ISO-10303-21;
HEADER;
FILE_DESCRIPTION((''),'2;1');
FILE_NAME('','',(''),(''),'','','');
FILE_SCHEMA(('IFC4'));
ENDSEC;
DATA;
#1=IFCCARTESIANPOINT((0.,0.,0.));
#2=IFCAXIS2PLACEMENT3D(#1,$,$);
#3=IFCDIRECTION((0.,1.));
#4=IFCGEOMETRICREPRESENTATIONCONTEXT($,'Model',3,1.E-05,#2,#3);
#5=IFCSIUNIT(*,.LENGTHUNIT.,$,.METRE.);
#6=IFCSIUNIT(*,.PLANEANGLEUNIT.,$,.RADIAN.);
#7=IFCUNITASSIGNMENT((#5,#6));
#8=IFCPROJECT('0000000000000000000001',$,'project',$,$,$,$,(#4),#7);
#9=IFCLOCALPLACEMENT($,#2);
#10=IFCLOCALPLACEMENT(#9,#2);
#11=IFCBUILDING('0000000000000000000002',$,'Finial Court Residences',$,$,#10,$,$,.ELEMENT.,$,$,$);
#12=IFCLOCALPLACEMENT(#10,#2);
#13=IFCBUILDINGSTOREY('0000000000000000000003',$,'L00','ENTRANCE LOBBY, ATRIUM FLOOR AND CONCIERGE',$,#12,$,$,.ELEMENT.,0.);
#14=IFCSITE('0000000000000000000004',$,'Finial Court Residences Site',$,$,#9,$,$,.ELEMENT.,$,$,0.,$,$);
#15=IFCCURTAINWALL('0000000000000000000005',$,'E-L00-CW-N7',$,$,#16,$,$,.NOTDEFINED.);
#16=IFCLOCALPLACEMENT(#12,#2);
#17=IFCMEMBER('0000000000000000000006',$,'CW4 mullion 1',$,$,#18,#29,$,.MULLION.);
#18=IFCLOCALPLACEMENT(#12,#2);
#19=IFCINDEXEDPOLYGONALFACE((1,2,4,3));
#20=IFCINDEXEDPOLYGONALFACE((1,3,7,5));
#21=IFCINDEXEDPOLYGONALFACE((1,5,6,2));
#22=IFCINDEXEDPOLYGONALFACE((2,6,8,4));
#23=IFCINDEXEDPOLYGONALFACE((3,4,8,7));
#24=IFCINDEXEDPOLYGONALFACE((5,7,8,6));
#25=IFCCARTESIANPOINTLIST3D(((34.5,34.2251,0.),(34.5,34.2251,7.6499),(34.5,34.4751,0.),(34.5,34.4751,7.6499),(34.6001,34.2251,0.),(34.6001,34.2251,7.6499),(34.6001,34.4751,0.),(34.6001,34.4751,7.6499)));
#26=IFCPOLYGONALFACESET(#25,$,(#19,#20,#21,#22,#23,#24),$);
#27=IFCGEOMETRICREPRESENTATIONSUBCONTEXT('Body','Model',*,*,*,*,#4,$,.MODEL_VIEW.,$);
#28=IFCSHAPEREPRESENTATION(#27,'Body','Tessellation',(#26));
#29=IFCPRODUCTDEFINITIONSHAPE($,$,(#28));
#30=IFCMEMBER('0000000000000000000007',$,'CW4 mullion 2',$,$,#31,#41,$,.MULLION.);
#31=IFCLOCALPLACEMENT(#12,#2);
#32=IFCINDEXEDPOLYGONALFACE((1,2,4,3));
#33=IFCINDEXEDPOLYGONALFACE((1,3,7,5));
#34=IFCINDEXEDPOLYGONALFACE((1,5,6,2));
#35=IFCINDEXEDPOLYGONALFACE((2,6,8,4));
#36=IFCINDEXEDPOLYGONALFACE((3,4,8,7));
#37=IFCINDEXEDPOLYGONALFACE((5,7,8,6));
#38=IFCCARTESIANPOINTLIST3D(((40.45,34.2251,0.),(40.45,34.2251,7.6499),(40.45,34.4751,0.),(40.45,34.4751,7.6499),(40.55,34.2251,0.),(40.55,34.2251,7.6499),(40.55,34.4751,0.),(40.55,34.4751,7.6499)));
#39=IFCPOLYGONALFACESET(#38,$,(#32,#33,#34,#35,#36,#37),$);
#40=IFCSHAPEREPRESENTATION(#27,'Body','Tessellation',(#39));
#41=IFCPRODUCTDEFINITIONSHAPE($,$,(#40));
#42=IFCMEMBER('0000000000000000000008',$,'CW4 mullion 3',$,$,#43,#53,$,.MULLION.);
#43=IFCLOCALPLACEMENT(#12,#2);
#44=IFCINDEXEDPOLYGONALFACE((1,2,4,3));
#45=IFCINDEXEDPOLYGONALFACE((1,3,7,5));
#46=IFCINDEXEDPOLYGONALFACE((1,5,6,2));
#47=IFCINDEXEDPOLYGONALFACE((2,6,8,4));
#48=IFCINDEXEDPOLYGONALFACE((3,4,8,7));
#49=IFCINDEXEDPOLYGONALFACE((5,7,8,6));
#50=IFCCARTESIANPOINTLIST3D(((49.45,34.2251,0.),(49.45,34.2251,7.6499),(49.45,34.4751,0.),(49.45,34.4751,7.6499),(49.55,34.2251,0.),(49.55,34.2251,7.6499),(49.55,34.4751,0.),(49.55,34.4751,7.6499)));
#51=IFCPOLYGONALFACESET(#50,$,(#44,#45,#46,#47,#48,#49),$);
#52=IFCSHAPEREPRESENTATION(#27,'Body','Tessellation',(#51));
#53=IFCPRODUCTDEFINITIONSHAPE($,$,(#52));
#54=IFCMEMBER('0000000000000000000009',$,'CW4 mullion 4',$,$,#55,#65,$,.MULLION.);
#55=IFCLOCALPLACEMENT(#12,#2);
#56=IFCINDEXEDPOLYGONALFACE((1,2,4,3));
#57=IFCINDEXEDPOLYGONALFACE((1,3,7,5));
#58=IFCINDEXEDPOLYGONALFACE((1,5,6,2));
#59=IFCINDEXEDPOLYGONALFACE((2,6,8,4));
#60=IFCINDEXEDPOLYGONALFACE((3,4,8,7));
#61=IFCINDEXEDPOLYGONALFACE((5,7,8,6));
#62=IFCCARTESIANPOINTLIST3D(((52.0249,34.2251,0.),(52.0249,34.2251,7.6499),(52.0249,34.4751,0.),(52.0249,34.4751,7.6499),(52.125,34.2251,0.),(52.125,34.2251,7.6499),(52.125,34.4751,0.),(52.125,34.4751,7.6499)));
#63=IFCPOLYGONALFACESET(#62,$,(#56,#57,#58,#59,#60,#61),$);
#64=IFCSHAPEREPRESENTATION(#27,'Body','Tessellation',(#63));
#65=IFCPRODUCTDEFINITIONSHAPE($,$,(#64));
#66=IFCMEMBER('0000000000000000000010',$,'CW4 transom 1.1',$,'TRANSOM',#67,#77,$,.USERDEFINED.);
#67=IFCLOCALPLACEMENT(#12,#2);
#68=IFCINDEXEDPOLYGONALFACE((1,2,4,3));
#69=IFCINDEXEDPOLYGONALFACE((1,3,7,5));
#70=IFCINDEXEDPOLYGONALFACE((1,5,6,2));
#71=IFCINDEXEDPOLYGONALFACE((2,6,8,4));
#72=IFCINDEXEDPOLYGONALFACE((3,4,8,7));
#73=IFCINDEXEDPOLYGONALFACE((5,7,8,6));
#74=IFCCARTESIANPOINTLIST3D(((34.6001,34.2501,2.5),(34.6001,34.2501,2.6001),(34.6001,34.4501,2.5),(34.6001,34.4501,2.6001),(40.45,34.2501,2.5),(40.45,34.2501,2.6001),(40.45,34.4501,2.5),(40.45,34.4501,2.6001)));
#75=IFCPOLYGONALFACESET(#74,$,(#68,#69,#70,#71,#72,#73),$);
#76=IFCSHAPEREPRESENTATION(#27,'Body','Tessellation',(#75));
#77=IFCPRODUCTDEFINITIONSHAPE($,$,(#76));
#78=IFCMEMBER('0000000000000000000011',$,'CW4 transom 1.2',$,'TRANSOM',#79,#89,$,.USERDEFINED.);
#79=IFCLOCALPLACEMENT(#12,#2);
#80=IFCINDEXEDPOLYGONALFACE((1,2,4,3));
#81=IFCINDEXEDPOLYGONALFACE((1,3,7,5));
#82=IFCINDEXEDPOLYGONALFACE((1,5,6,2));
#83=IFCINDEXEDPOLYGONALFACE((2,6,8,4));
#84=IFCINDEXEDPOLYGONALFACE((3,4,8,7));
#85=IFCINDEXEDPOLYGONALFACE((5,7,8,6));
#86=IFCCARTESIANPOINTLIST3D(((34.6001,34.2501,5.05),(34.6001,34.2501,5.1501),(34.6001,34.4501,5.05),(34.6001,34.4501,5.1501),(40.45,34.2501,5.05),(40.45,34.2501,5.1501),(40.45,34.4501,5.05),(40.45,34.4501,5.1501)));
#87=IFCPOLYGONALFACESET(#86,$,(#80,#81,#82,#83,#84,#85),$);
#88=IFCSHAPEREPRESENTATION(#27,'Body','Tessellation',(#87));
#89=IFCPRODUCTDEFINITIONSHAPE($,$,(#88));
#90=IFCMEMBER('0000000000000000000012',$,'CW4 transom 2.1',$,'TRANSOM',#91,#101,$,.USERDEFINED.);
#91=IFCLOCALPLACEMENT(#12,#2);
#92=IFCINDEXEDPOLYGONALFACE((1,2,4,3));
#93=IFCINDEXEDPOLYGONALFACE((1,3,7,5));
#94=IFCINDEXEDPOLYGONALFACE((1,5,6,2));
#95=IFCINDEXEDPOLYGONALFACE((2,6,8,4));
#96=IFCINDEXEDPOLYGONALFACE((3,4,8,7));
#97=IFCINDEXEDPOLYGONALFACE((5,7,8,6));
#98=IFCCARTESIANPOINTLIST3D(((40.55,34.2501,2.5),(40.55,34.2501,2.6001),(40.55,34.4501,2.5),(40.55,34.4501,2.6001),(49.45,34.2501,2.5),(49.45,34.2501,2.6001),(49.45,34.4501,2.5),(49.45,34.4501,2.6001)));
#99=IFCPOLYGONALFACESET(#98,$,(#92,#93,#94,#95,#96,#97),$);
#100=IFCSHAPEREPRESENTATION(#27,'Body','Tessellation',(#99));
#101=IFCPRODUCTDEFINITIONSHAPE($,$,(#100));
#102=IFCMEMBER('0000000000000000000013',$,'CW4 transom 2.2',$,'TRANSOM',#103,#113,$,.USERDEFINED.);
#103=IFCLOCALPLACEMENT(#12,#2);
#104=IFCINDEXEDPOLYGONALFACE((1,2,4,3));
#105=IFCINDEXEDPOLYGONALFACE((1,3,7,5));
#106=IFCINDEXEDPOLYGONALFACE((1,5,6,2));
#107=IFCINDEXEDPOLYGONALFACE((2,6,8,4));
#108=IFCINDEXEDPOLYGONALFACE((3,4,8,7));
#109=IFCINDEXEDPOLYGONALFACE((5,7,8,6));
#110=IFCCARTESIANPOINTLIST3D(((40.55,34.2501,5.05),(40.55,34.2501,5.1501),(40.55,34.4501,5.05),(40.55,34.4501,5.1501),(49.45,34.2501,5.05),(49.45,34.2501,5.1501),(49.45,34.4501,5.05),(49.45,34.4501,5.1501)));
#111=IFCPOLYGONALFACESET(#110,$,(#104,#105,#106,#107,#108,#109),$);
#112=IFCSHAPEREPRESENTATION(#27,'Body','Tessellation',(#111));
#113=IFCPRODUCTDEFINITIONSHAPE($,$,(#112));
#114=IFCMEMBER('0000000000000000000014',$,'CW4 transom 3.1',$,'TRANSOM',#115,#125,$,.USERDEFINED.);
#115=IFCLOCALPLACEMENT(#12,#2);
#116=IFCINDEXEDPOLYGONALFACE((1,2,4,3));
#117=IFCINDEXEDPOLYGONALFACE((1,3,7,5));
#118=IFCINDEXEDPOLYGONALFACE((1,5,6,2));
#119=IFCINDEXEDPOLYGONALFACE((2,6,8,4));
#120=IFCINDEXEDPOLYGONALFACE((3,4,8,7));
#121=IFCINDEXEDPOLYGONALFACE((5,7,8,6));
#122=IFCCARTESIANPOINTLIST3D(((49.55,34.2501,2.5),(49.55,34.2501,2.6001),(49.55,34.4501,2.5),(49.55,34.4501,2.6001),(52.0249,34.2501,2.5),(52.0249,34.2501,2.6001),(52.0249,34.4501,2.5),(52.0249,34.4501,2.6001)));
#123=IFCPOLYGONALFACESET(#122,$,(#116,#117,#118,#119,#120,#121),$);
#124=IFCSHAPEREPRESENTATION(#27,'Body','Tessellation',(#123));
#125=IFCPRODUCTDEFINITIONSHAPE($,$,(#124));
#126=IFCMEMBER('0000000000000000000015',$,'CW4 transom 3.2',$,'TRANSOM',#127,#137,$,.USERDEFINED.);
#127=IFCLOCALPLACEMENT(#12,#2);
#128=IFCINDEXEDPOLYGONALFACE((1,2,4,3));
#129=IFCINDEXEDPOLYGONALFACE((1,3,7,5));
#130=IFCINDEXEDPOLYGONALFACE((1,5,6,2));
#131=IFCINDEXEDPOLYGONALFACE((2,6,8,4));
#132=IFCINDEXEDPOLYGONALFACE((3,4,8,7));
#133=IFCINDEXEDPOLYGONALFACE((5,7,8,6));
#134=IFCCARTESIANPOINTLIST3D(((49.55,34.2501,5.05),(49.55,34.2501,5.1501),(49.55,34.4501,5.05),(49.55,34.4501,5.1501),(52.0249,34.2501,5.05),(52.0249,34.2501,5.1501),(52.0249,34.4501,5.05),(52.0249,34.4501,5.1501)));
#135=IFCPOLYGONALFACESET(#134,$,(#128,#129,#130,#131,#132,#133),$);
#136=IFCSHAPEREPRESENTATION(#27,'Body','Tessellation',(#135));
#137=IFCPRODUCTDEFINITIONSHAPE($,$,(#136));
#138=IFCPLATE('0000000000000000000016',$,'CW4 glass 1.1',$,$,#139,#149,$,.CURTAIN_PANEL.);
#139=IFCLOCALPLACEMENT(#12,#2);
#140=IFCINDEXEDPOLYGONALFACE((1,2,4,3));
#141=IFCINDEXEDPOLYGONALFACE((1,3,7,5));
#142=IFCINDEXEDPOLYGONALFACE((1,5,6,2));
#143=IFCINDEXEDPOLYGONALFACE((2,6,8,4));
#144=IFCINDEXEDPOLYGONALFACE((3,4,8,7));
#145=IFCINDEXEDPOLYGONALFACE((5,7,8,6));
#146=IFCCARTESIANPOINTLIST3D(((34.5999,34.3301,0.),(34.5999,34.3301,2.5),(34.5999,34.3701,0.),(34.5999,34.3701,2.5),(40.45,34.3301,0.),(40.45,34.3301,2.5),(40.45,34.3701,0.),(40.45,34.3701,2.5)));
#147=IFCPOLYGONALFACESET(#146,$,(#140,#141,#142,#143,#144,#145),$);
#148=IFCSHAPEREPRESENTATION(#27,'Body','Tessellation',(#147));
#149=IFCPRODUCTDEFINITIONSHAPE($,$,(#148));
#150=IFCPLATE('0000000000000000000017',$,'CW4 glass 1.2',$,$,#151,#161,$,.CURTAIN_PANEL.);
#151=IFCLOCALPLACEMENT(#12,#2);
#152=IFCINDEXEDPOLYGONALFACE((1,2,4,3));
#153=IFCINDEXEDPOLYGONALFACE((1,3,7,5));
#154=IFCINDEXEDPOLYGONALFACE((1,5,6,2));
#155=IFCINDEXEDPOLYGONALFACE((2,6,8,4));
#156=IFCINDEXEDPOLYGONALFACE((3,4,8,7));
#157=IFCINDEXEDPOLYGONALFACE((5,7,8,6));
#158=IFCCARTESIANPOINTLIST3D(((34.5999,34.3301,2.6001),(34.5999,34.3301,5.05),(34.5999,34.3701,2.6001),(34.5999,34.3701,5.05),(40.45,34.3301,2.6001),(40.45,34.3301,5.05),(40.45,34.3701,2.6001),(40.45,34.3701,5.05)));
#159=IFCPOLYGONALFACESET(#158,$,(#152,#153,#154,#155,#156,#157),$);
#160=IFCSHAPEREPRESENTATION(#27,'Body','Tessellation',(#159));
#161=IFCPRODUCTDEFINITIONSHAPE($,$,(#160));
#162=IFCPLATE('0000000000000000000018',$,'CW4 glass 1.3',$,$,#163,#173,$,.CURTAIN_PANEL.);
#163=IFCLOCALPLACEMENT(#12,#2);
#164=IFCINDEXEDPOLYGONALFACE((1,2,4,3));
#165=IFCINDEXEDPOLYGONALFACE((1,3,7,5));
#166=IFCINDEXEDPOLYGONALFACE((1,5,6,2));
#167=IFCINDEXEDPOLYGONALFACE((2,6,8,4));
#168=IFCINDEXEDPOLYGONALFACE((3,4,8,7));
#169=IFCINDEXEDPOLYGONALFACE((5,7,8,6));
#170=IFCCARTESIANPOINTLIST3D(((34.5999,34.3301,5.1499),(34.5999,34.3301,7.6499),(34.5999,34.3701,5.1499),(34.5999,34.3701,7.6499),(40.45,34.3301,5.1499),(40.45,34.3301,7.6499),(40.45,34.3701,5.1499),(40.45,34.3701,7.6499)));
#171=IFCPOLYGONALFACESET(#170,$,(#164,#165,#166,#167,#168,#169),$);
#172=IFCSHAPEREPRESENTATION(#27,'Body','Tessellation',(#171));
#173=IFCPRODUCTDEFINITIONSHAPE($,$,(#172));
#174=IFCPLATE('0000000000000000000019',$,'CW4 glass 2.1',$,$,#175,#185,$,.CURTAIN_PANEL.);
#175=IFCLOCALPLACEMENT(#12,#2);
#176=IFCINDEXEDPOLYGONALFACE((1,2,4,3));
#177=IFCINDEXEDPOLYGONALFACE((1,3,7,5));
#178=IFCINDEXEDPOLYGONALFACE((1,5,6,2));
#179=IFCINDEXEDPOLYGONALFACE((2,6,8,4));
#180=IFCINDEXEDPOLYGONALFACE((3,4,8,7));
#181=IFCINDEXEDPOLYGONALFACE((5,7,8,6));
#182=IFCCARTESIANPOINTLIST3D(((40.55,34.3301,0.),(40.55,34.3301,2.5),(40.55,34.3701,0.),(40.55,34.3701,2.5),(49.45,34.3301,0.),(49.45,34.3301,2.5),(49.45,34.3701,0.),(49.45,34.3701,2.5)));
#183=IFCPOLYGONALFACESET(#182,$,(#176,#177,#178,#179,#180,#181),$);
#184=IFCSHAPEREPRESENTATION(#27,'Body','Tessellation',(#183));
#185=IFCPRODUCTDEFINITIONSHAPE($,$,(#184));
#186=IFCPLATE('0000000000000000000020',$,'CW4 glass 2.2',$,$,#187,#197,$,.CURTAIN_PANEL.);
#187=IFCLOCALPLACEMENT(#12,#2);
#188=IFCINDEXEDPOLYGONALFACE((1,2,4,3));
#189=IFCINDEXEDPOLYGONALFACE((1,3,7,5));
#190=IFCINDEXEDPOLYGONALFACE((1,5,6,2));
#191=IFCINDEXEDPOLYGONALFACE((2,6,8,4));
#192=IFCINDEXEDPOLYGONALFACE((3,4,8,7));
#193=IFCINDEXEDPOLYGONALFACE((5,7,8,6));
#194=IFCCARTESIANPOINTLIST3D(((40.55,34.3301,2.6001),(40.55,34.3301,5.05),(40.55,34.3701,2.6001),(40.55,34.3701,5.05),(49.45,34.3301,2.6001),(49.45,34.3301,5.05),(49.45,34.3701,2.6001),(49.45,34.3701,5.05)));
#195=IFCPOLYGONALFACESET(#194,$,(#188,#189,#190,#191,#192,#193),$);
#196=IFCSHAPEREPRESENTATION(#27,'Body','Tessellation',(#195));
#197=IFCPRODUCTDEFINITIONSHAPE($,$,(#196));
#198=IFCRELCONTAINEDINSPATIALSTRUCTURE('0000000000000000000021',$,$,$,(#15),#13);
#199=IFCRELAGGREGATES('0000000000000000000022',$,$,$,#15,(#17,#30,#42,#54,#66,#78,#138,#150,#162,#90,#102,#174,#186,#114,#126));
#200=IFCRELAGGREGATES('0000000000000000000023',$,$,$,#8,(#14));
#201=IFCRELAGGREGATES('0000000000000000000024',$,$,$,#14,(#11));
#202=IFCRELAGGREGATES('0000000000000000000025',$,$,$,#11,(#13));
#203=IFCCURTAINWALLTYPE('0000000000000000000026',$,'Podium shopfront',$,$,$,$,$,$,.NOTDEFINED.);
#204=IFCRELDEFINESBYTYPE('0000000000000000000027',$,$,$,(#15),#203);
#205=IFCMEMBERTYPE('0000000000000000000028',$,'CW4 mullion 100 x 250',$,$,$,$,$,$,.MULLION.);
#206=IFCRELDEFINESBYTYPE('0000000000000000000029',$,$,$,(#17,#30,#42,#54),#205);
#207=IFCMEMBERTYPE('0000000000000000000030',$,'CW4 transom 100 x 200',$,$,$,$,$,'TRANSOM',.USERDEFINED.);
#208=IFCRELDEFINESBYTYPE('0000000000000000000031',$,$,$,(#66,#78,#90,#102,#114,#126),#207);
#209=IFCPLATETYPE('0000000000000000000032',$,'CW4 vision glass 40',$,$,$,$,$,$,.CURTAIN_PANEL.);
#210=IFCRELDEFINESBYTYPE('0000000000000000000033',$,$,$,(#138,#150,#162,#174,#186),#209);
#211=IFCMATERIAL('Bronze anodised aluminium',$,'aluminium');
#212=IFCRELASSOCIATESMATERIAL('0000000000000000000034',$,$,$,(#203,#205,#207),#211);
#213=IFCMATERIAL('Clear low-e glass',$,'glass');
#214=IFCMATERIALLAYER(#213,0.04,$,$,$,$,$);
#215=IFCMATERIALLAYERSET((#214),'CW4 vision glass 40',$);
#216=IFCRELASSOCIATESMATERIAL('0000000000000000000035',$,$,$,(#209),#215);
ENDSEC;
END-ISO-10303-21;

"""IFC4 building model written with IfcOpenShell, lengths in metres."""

from ifc_helpers import new_model, si_unit, direction, frame, origin, origin_2d, place, context, subcontext, project, spatial, rectangle, extrude, material, layer, layer_set, material_profile, profile_set, type_object, element, aggregate, save


model = new_model("IFC4")

# Units and contexts
model_context = context("Model", 3, precision=1e-05, world=origin(), true_north=direction((0.0, 1.0)))
body_context = subcontext(model_context, "Body", "Model", "MODEL_VIEW")
ifc_project = project(units=[si_unit("LENGTHUNIT", "METRE"), si_unit("PLANEANGLEUNIT", "RADIAN")], contexts=[model_context])

# Site, building, storey
site_placement = place(None, origin())
site = spatial("IfcSite", under=ifc_project, at=site_placement, Name="Finial Court Residences Site", CompositionType="ELEMENT", RefElevation=0.0)
building_placement = place(site_placement, origin())
building = spatial("IfcBuilding", under=site, at=building_placement, Name="Finial Court Residences", CompositionType="ELEMENT")
storey_placement = place(building_placement, origin())
storey = spatial("IfcBuildingStorey", under=building, at=storey_placement, Name="L00", Description="ENTRANCE LOBBY, ATRIUM FLOOR AND CONCIERGE", CompositionType="ELEMENT", Elevation=0.0)

# Curtain wall, members, plates
ifc_material_1 = material(Name="Bronze anodised aluminium", Category="aluminium")
curtain_wall_type = type_object("IfcCurtainWallType", Name="Podium shopfront", PredefinedType="NOTDEFINED", material=ifc_material_1)
curtain_wall_placement = place(storey_placement, origin())
curtain_wall = element("IfcCurtainWall", 1, at=curtain_wall_placement, inside=storey, type_object=curtain_wall_type, Name="E-L00-CW-N7", PredefinedType="NOTDEFINED")
ifc_material_profile_1 = material_profile(ifc_material_1, rectangle(XDim=0.25, YDim=0.1001, at=origin_2d()), Name="CW4 mullion 100 x 250")
ifc_profile_set_1 = profile_set([ifc_material_profile_1], Name="Bronze anodised aluminium")
member_type_1 = type_object("IfcMemberType", Name="CW4 mullion 100 x 250", PredefinedType="MULLION", material=ifc_profile_set_1)
member_1_placement = place(storey_placement, frame((34.55, 34.3501, 0.0), z_axis=(0.0, 0.0, 1.0), x_axis=(0.0, 1.0, 0.0)))
member_1 = element("IfcMember", 2, at=member_1_placement, type_object=member_type_1, Name="CW4 mullion 1", PredefinedType="MULLION", context=body_context, shape_type="SweptSolid", body=[
    extrude(rectangle(XDim=0.25, YDim=0.1001, at=origin_2d()), origin(), (0.0, 0.0, 1.0), 7.6499),
])
member_2_placement = place(storey_placement, frame((40.5, 34.3501, 0.0), z_axis=(0.0, 0.0, 1.0), x_axis=(0.0, 1.0, 0.0)))
member_2 = element("IfcMember", 3, at=member_2_placement, type_object=member_type_1, Name="CW4 mullion 2", PredefinedType="MULLION", context=body_context, shape_type="SweptSolid", body=[
    extrude(rectangle(XDim=0.25, YDim=0.1001, at=origin_2d()), origin(), (0.0, 0.0, 1.0), 7.6499),
])
member_3_placement = place(storey_placement, frame((49.5, 34.3501, 0.0), z_axis=(0.0, 0.0, 1.0), x_axis=(0.0, 1.0, 0.0)))
member_3 = element("IfcMember", 4, at=member_3_placement, type_object=member_type_1, Name="CW4 mullion 3", PredefinedType="MULLION", context=body_context, shape_type="SweptSolid", body=[
    extrude(rectangle(XDim=0.25, YDim=0.1001, at=origin_2d()), origin(), (0.0, 0.0, 1.0), 7.6499),
])
member_4_placement = place(storey_placement, frame((52.075, 34.3501, 0.0), z_axis=(0.0, 0.0, 1.0), x_axis=(0.0, 1.0, 0.0)))
member_4 = element("IfcMember", 5, at=member_4_placement, type_object=member_type_1, Name="CW4 mullion 4", PredefinedType="MULLION", context=body_context, shape_type="SweptSolid", body=[
    extrude(rectangle(XDim=0.25, YDim=0.1001, at=origin_2d()), origin(), (0.0, 0.0, 1.0), 7.6499),
])
ifc_material_profile_2 = material_profile(ifc_material_1, rectangle(XDim=0.2, YDim=0.1001, at=origin_2d()), Name="CW4 transom 100 x 200")
ifc_profile_set_2 = profile_set([ifc_material_profile_2], Name="Bronze anodised aluminium")
member_type_2 = type_object("IfcMemberType", Name="CW4 transom 100 x 200", ElementType="TRANSOM", PredefinedType="USERDEFINED", material=ifc_profile_set_2)
member_5_placement = place(storey_placement, frame((34.6001, 34.3501, 2.55), z_axis=(1.0, 0.0, 0.0), x_axis=(0.0, 1.0, 0.0)))
member_5 = element("IfcMember", 6, at=member_5_placement, type_object=member_type_2, Name="CW4 transom 1.1", ObjectType="TRANSOM", PredefinedType="USERDEFINED", context=body_context, shape_type="SweptSolid", body=[
    extrude(rectangle(XDim=0.2, YDim=0.1001, at=origin_2d()), origin(), (0.0, 0.0, 1.0), 5.8499),
])
member_6_placement = place(storey_placement, frame((34.6001, 34.3501, 5.1001), z_axis=(1.0, 0.0, 0.0), x_axis=(0.0, 1.0, 0.0)))
member_6 = element("IfcMember", 7, at=member_6_placement, type_object=member_type_2, Name="CW4 transom 1.2", ObjectType="TRANSOM", PredefinedType="USERDEFINED", context=body_context, shape_type="SweptSolid", body=[
    extrude(rectangle(XDim=0.2, YDim=0.1001, at=origin_2d()), origin(), (0.0, 0.0, 1.0), 5.8499),
])
member_7_placement = place(storey_placement, frame((40.55, 34.3501, 2.55), z_axis=(1.0, 0.0, 0.0), x_axis=(0.0, 1.0, 0.0)))
member_7 = element("IfcMember", 8, at=member_7_placement, type_object=member_type_2, Name="CW4 transom 2.1", ObjectType="TRANSOM", PredefinedType="USERDEFINED", context=body_context, shape_type="SweptSolid", body=[
    extrude(rectangle(XDim=0.2, YDim=0.1001, at=origin_2d()), origin(), (0.0, 0.0, 1.0), 8.8999),
])
member_8_placement = place(storey_placement, frame((40.55, 34.3501, 5.1001), z_axis=(1.0, 0.0, 0.0), x_axis=(0.0, 1.0, 0.0)))
member_8 = element("IfcMember", 9, at=member_8_placement, type_object=member_type_2, Name="CW4 transom 2.2", ObjectType="TRANSOM", PredefinedType="USERDEFINED", context=body_context, shape_type="SweptSolid", body=[
    extrude(rectangle(XDim=0.2, YDim=0.1001, at=origin_2d()), origin(), (0.0, 0.0, 1.0), 8.8999),
])
member_9_placement = place(storey_placement, frame((49.55, 34.3501, 2.55), z_axis=(1.0, 0.0, 0.0), x_axis=(0.0, 1.0, 0.0)))
member_9 = element("IfcMember", 10, at=member_9_placement, type_object=member_type_2, Name="CW4 transom 3.1", ObjectType="TRANSOM", PredefinedType="USERDEFINED", context=body_context, shape_type="SweptSolid", body=[
    extrude(rectangle(XDim=0.2, YDim=0.1001, at=origin_2d()), origin(), (0.0, 0.0, 1.0), 2.4749),
])
member_10_placement = place(storey_placement, frame((49.55, 34.3501, 5.1001), z_axis=(1.0, 0.0, 0.0), x_axis=(0.0, 1.0, 0.0)))
member_10 = element("IfcMember", 11, at=member_10_placement, type_object=member_type_2, Name="CW4 transom 3.2", ObjectType="TRANSOM", PredefinedType="USERDEFINED", context=body_context, shape_type="SweptSolid", body=[
    extrude(rectangle(XDim=0.2, YDim=0.1001, at=origin_2d()), origin(), (0.0, 0.0, 1.0), 2.4749),
])
ifc_material_2 = material(Name="Clear low-e glass", Category="glass")
ifc_layer_1 = layer(ifc_material_2, 0.04)
ifc_layer_set_1 = layer_set([ifc_layer_1], Name="CW4 vision glass 40")
plate_type = type_object("IfcPlateType", Name="CW4 vision glass 40", PredefinedType="CURTAIN_PANEL", material=ifc_layer_set_1)
plate_1_placement = place(storey_placement, frame((37.5249, 34.3501, 0.0), z_axis=(0.0, 0.0, 1.0), x_axis=(1.0, 0.0, 0.0)))
plate_1 = element("IfcPlate", 12, at=plate_1_placement, type_object=plate_type, Name="CW4 glass 1.1", PredefinedType="CURTAIN_PANEL", context=body_context, shape_type="SweptSolid", body=[
    extrude(rectangle(XDim=5.8501, YDim=0.04, at=origin_2d()), origin(), (0.0, 0.0, 1.0), 2.5),
])
plate_2_placement = place(storey_placement, frame((37.5249, 34.3501, 2.6001), z_axis=(0.0, 0.0, 1.0), x_axis=(1.0, 0.0, 0.0)))
plate_2 = element("IfcPlate", 13, at=plate_2_placement, type_object=plate_type, Name="CW4 glass 1.2", PredefinedType="CURTAIN_PANEL", context=body_context, shape_type="SweptSolid", body=[
    extrude(rectangle(XDim=5.8501, YDim=0.04, at=origin_2d()), origin(), (0.0, 0.0, 1.0), 2.45),
])
plate_3_placement = place(storey_placement, frame((37.5249, 34.3501, 5.1499), z_axis=(0.0, 0.0, 1.0), x_axis=(1.0, 0.0, 0.0)))
plate_3 = element("IfcPlate", 14, at=plate_3_placement, type_object=plate_type, Name="CW4 glass 1.3", PredefinedType="CURTAIN_PANEL", context=body_context, shape_type="SweptSolid", body=[
    extrude(rectangle(XDim=5.8501, YDim=0.04, at=origin_2d()), origin(), (0.0, 0.0, 1.0), 2.5),
])
plate_4_placement = place(storey_placement, frame((45.0, 34.3501, 0.0), z_axis=(0.0, 0.0, 1.0), x_axis=(1.0, 0.0, 0.0)))
plate_4 = element("IfcPlate", 15, at=plate_4_placement, type_object=plate_type, Name="CW4 glass 2.1", PredefinedType="CURTAIN_PANEL", context=body_context, shape_type="SweptSolid", body=[
    extrude(rectangle(XDim=8.8999, YDim=0.04, at=origin_2d()), origin(), (0.0, 0.0, 1.0), 2.5),
])
plate_5_placement = place(storey_placement, frame((45.0, 34.3501, 2.6001), z_axis=(0.0, 0.0, 1.0), x_axis=(1.0, 0.0, 0.0)))
plate_5 = element("IfcPlate", 16, at=plate_5_placement, type_object=plate_type, Name="CW4 glass 2.2", PredefinedType="CURTAIN_PANEL", context=body_context, shape_type="SweptSolid", body=[
    extrude(rectangle(XDim=8.8999, YDim=0.04, at=origin_2d()), origin(), (0.0, 0.0, 1.0), 2.45),
])
aggregate(curtain_wall, [member_1, member_2, member_3, member_4, member_5, member_6, plate_1, plate_2, plate_3, member_7, member_8, plate_4, plate_5, member_9, member_10])

save(model, "model.ifc")
